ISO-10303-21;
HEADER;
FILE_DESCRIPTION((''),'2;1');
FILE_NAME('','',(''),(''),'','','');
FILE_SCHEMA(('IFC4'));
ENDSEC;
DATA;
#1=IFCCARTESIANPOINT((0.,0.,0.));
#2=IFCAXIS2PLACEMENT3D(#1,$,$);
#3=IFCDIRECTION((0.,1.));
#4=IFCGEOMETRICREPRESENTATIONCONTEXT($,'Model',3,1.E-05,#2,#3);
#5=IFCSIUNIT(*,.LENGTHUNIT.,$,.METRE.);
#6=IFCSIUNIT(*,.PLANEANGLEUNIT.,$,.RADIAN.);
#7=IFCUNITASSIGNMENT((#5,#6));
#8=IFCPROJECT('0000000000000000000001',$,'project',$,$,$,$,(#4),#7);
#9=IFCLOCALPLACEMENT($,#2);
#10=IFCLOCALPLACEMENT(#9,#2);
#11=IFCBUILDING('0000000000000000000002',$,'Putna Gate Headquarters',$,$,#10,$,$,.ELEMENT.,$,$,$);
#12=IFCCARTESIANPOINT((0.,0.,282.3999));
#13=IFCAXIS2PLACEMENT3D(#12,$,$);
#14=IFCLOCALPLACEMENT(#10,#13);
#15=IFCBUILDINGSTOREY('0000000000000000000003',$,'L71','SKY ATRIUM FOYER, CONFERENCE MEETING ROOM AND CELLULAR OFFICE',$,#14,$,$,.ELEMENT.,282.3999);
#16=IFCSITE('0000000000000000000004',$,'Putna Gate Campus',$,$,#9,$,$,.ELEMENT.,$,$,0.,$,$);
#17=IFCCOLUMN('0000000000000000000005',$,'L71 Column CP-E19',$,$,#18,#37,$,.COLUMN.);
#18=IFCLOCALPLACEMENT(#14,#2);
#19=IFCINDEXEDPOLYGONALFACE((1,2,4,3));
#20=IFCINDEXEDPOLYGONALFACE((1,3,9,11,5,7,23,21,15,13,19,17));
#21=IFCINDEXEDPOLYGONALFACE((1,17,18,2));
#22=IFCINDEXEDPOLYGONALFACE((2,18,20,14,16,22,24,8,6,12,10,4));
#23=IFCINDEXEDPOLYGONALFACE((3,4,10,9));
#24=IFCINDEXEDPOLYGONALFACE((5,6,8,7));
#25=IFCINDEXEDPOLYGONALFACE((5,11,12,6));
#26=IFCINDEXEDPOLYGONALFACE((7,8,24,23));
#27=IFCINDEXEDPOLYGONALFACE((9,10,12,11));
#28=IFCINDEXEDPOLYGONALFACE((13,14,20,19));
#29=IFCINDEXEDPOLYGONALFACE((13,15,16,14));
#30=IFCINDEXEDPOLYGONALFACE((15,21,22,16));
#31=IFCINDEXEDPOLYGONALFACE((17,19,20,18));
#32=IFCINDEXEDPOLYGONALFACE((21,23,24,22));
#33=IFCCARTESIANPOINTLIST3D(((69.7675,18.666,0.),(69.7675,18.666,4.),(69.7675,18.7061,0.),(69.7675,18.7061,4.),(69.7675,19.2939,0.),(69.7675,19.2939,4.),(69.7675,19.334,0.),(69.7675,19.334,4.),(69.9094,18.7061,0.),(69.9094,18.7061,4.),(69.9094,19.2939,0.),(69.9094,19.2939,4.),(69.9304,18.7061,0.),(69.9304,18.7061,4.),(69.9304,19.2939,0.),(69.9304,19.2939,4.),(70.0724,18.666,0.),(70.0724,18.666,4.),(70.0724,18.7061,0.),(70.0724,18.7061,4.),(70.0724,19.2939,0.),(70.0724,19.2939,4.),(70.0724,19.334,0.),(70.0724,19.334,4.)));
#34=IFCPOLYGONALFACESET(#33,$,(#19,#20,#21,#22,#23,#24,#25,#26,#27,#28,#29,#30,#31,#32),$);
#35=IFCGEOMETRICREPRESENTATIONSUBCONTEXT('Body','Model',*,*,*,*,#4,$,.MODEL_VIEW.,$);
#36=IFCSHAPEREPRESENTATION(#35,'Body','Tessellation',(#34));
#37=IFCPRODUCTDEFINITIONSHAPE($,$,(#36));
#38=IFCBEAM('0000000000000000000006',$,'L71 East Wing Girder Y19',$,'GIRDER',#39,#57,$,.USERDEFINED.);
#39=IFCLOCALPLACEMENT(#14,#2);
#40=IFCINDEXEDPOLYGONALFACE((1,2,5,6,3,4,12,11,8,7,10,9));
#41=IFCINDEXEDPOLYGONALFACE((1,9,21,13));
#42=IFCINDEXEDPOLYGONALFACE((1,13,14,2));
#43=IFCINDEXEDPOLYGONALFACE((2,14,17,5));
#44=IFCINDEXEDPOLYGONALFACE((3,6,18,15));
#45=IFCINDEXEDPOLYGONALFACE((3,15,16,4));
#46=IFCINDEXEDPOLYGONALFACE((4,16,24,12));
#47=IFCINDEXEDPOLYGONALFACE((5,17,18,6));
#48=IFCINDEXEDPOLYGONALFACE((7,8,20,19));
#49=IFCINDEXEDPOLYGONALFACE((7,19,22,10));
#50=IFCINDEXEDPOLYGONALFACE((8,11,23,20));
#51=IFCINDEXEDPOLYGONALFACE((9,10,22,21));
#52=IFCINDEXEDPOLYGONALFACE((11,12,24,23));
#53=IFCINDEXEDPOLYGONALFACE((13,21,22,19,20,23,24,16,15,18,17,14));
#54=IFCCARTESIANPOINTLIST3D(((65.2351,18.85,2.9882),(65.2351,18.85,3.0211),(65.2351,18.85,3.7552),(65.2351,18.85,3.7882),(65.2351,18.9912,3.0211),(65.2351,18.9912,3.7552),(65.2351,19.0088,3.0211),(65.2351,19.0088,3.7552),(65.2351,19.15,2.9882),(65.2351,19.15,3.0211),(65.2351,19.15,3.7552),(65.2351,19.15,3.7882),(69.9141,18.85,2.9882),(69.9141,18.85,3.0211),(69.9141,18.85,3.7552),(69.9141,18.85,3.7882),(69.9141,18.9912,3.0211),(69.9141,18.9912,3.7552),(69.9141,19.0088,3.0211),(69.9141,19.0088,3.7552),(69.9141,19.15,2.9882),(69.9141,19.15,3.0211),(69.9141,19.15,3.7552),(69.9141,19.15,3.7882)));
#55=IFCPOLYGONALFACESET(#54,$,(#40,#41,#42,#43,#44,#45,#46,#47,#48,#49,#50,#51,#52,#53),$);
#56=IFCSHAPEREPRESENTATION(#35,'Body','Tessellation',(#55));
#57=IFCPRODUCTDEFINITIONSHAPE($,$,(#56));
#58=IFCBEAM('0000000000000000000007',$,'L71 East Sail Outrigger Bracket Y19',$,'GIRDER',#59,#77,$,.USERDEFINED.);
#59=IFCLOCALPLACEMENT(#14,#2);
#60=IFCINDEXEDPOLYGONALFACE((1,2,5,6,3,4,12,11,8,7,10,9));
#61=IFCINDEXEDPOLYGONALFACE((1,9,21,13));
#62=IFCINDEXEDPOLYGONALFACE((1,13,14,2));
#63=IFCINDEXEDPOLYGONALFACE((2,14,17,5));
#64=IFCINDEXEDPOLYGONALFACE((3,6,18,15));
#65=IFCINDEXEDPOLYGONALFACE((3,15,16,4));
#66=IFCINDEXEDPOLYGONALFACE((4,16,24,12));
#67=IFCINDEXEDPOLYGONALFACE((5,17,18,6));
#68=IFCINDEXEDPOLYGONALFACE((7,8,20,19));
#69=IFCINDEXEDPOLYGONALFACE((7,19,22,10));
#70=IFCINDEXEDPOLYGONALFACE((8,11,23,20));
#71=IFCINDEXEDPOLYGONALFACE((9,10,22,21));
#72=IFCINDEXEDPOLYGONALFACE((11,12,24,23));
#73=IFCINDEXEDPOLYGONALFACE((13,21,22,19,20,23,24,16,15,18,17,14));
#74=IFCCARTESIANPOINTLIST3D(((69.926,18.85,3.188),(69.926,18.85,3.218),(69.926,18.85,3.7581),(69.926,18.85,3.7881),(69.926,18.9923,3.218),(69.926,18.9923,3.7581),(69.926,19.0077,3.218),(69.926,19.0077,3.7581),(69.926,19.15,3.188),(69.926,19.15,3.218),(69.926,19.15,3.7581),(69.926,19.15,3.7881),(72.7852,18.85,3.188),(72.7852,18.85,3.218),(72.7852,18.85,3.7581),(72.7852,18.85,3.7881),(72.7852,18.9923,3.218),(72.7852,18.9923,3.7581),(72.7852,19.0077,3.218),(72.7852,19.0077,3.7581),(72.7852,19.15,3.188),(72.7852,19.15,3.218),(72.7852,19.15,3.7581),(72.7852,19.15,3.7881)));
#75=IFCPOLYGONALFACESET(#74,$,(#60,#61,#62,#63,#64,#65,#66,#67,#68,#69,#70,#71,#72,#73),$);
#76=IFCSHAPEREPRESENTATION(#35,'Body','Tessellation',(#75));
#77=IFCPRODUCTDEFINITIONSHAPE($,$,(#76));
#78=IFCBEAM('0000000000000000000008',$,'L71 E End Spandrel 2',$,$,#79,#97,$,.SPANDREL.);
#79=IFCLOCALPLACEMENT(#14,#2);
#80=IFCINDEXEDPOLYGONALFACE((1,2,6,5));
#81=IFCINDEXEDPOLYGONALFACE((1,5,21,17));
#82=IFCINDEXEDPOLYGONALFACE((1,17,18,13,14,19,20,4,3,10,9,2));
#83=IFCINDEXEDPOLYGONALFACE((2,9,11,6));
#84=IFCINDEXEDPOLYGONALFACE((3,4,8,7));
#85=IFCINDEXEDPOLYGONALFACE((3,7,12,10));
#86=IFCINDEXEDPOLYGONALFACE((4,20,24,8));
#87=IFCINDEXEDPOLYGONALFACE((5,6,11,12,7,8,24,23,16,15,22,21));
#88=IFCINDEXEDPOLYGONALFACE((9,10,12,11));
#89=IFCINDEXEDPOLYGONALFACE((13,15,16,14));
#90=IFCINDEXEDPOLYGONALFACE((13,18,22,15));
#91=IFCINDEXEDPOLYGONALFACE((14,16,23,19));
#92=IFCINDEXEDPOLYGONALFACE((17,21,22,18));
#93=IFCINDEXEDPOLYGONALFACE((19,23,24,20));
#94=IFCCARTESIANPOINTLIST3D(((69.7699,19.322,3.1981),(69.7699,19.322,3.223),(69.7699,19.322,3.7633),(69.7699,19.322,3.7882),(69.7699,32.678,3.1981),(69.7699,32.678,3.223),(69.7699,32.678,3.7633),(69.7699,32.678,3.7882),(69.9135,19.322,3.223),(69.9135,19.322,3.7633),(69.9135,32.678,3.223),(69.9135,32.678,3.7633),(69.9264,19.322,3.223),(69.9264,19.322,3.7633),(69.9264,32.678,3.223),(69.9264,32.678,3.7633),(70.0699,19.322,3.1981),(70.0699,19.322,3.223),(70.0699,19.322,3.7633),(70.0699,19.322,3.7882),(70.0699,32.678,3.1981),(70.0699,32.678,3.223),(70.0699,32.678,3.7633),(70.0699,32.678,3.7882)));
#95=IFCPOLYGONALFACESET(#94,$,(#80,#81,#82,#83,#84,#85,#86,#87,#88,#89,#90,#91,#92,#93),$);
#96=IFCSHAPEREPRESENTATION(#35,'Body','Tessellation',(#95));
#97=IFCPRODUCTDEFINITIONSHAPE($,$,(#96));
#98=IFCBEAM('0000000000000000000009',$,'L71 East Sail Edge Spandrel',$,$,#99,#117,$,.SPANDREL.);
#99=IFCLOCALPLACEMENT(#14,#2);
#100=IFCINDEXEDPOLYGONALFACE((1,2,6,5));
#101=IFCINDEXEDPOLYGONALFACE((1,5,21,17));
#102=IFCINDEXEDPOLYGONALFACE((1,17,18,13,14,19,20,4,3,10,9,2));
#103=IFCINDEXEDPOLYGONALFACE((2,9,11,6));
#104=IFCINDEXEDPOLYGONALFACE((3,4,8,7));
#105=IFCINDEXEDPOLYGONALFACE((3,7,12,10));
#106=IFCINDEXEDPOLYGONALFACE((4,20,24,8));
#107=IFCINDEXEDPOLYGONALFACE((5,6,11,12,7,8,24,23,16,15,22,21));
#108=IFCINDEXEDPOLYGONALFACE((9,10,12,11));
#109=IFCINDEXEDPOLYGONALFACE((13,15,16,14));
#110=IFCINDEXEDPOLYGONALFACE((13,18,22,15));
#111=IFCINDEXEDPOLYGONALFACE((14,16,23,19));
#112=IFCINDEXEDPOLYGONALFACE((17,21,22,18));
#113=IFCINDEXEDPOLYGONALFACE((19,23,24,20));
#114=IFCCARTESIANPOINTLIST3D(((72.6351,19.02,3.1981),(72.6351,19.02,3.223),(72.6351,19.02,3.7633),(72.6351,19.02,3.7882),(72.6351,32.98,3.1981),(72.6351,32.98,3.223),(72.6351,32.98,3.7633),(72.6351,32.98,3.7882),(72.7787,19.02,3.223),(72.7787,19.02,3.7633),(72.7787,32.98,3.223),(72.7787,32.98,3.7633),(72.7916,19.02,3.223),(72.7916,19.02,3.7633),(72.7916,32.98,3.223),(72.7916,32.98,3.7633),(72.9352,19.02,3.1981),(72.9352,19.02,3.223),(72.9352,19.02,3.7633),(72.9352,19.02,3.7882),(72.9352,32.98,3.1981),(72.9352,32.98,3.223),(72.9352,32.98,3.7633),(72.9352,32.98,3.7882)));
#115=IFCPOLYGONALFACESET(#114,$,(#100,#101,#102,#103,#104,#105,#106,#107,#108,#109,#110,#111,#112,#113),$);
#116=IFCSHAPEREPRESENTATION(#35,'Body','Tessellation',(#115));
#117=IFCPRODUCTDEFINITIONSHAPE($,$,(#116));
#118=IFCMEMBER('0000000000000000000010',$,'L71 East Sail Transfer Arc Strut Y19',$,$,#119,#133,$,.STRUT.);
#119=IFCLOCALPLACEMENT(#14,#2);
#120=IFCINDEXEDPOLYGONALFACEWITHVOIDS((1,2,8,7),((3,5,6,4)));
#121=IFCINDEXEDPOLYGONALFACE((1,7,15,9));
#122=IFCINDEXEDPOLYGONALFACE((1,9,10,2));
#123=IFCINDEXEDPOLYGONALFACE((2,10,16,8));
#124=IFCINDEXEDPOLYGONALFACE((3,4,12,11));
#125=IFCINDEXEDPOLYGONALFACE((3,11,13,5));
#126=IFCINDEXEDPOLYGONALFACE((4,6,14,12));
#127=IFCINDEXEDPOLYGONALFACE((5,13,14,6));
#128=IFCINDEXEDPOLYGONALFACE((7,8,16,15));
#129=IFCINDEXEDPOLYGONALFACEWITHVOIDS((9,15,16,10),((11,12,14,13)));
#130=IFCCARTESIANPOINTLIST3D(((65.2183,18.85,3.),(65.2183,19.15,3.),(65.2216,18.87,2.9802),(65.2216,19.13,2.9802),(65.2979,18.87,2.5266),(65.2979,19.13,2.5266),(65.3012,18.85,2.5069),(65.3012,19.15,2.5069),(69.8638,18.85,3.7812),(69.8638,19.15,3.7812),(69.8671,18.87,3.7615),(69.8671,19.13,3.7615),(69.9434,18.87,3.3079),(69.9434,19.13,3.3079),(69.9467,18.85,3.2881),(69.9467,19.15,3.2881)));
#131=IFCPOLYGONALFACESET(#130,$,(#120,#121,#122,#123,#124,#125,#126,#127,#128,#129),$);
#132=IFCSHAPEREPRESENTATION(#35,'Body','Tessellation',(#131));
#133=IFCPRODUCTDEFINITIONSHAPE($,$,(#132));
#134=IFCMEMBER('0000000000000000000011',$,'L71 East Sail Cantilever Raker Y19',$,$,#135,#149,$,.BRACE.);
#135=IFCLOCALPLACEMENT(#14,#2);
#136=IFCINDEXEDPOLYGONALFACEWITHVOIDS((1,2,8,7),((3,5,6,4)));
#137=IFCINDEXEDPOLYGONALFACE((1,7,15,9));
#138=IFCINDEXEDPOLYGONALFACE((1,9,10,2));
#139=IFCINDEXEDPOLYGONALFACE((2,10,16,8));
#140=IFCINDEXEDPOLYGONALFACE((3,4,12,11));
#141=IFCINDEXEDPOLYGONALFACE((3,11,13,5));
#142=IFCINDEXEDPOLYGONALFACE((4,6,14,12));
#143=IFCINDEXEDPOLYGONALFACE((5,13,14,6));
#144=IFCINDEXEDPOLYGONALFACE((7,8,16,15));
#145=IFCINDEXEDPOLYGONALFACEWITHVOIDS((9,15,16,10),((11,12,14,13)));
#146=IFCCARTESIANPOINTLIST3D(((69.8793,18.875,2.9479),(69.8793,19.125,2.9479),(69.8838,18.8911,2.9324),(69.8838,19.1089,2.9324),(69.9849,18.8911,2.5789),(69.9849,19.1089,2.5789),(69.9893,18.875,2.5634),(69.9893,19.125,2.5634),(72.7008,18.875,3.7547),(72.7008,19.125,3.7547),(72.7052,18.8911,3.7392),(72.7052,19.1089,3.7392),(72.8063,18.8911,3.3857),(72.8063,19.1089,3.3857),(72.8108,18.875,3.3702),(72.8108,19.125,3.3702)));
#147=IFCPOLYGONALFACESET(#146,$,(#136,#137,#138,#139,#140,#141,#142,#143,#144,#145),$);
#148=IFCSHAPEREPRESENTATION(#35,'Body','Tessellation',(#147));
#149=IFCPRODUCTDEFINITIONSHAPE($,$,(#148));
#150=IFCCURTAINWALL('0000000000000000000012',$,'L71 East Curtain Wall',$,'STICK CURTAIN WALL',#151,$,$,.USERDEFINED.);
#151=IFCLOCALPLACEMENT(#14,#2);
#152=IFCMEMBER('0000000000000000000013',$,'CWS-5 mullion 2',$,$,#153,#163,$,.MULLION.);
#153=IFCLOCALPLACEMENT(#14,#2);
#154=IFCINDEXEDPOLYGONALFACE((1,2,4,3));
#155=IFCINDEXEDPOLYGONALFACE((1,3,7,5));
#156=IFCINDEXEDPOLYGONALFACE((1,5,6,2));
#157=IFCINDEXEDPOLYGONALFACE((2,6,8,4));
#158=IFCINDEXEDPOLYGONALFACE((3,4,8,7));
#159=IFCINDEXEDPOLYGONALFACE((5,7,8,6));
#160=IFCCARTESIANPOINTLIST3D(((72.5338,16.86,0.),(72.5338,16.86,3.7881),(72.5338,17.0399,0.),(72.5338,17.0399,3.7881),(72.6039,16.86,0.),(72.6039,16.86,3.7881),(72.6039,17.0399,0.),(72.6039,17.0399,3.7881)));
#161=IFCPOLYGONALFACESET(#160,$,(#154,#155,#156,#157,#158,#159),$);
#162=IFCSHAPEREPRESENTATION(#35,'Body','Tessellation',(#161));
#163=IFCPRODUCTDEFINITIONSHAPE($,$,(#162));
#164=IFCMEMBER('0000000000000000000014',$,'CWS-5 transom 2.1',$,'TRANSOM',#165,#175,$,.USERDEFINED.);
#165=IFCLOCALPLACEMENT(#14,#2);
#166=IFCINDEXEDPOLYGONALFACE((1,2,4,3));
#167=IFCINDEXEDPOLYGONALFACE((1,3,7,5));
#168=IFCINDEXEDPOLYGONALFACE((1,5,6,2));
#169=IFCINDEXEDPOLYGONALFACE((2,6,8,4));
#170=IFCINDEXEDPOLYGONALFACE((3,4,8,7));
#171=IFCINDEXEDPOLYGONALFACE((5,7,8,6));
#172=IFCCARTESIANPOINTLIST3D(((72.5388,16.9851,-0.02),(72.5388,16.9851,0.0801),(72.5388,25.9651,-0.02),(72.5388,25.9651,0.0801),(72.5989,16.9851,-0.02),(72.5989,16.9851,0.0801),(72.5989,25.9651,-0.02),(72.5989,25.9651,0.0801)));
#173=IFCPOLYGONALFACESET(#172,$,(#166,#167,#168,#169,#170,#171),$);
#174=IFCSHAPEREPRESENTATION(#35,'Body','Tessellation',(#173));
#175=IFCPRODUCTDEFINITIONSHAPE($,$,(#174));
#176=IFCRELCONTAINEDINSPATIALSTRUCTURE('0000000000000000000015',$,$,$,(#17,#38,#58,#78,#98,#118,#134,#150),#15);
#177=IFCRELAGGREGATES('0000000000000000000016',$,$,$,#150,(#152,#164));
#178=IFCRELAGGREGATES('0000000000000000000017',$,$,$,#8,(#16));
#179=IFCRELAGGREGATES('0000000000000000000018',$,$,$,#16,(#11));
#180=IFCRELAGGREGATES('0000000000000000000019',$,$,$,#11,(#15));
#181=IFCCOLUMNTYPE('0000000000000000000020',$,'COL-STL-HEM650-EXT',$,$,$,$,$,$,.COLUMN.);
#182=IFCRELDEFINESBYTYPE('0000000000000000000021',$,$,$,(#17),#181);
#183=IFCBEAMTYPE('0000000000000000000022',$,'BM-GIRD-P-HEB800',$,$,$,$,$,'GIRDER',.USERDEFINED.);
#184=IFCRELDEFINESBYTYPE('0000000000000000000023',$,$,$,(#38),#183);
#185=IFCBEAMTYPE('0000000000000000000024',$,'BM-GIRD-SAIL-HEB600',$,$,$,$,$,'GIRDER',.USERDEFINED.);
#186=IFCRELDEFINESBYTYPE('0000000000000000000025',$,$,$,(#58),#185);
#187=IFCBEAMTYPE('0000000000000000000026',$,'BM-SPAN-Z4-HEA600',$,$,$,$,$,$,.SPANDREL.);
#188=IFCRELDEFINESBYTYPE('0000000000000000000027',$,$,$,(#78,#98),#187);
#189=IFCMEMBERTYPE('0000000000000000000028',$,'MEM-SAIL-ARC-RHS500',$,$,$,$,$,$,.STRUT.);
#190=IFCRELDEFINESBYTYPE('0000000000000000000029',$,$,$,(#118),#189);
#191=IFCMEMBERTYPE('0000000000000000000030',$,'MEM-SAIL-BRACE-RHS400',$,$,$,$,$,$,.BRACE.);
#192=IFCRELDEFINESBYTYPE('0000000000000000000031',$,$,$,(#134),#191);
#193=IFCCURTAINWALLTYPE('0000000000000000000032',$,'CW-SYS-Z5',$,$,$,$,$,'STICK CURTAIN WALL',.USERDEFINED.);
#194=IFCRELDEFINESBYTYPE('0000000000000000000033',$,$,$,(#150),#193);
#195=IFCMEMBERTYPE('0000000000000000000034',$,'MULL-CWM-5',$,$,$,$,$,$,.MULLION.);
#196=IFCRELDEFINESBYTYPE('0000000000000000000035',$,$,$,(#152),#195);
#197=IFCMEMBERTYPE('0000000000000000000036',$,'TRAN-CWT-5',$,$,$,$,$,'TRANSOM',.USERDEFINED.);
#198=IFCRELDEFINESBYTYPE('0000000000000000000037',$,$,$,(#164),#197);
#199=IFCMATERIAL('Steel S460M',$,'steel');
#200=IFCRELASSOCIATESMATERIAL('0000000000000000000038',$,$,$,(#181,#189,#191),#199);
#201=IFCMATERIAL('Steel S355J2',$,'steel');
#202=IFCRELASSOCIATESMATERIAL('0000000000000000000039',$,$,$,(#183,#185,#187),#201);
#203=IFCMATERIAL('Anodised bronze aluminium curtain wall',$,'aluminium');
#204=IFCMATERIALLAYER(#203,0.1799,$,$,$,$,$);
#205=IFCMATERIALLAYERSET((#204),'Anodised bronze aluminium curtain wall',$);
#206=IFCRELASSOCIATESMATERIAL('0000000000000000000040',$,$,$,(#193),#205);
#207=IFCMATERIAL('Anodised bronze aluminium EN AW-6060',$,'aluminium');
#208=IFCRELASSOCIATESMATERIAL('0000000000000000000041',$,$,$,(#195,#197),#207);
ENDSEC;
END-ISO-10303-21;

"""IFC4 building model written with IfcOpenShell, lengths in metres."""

from ifc_helpers import new_model, si_unit, direction, frame, origin, origin_2d, place, context, subcontext, project, spatial, rectangle, hollow_rectangle, i_section, extrude, material, layer, layer_set, material_profile, profile_set, type_object, element, aggregate, save


model = new_model("IFC4")

# Units and contexts
model_context = context("Model", 3, precision=1e-05, world=origin(), true_north=direction((0.0, 1.0)))
body_context = subcontext(model_context, "Body", "Model", "MODEL_VIEW")
ifc_project = project(units=[si_unit("LENGTHUNIT", "METRE"), si_unit("PLANEANGLEUNIT", "RADIAN")], contexts=[model_context])

# Site, building, storey
site_placement = place(None, origin())
site = spatial("IfcSite", under=ifc_project, at=site_placement, Name="Putna Gate Campus", CompositionType="ELEMENT", RefElevation=0.0)
building_placement = place(site_placement, origin())
building = spatial("IfcBuilding", under=site, at=building_placement, Name="Putna Gate Headquarters", CompositionType="ELEMENT")
storey_placement = place(building_placement, frame((0.0, 0.0, 282.3999)))
storey = spatial("IfcBuildingStorey", under=building, at=storey_placement, Name="L71", Description="SKY ATRIUM FOYER, CONFERENCE MEETING ROOM AND CELLULAR OFFICE", CompositionType="ELEMENT", Elevation=282.3999)

# Column
ifc_material_1 = material(Name="Steel S460M", Category="steel")
ifc_material_profile_1 = material_profile(ifc_material_1, i_section(OverallWidth=0.3049, OverallDepth=0.668, WebThickness=0.021, FlangeThickness=0.04, at=origin_2d()), Name="Steel S460M")
ifc_profile_set_1 = profile_set([ifc_material_profile_1], Name="Steel S460M")
column_type = type_object("IfcColumnType", Name="COL-STL-HEM650-EXT", PredefinedType="COLUMN", material=ifc_profile_set_1)
column_placement = place(storey_placement, frame((69.9199, 19.0, 0.0), z_axis=(0.0, 0.0, 1.0), x_axis=(1.0, 0.0, 0.0)))
element("IfcColumn", 1, at=column_placement, inside=storey, type_object=column_type, Name="L71 Column CP-E19", PredefinedType="COLUMN", context=body_context, shape_type="SweptSolid", body=[
    extrude(i_section(OverallWidth=0.3049, OverallDepth=0.668, WebThickness=0.021, FlangeThickness=0.04, at=origin_2d()), origin(), (0.0, 0.0, 1.0), 4.0),
])

# Beams
ifc_material_2 = material(Name="Steel S355J2", Category="steel")
ifc_material_profile_2 = material_profile(ifc_material_2, i_section(OverallWidth=0.3, OverallDepth=0.8, WebThickness=0.0176, FlangeThickness=0.033, at=origin_2d()), Name="Steel S355J2")
ifc_profile_set_2 = profile_set([ifc_material_profile_2], Name="Steel S355J2")
beam_type_1 = type_object("IfcBeamType", Name="BM-GIRD-P-HEB800", ElementType="GIRDER", PredefinedType="USERDEFINED", material=ifc_profile_set_2)
beam_1_placement = place(storey_placement, frame((65.2351, 19.0, 3.3882), z_axis=(1.0, 0.0, 0.0), x_axis=(0.0, 1.0, 0.0)))
element("IfcBeam", 2, at=beam_1_placement, inside=storey, type_object=beam_type_1, Name="L71 East Wing Girder Y19", ObjectType="GIRDER", PredefinedType="USERDEFINED", context=body_context, shape_type="SweptSolid", body=[
    extrude(i_section(OverallWidth=0.3, OverallDepth=0.8, WebThickness=0.0176, FlangeThickness=0.033, at=origin_2d()), origin(), (0.0, 0.0, 1.0), 4.679),
])
ifc_material_profile_3 = material_profile(ifc_material_2, i_section(OverallWidth=0.3, OverallDepth=0.6001, WebThickness=0.0154, FlangeThickness=0.03, at=origin_2d()), Name="Steel S355J2")
ifc_profile_set_3 = profile_set([ifc_material_profile_3], Name="Steel S355J2")
beam_type_2 = type_object("IfcBeamType", Name="BM-GIRD-SAIL-HEB600", ElementType="GIRDER", PredefinedType="USERDEFINED", material=ifc_profile_set_3)
beam_2_placement = place(storey_placement, frame((69.926, 19.0, 3.488), z_axis=(1.0, 0.0, 0.0), x_axis=(0.0, 1.0, 0.0)))
element("IfcBeam", 3, at=beam_2_placement, inside=storey, type_object=beam_type_2, Name="L71 East Sail Outrigger Bracket Y19", ObjectType="GIRDER", PredefinedType="USERDEFINED", context=body_context, shape_type="SweptSolid", body=[
    extrude(i_section(OverallWidth=0.3, OverallDepth=0.6001, WebThickness=0.0154, FlangeThickness=0.03, at=origin_2d()), origin(), (0.0, 0.0, 1.0), 2.8591),
])
ifc_material_profile_4 = material_profile(ifc_material_2, i_section(OverallWidth=0.3, OverallDepth=0.5901, WebThickness=0.0129, FlangeThickness=0.0249, at=origin_2d()), Name="Steel S355J2")
ifc_profile_set_4 = profile_set([ifc_material_profile_4], Name="Steel S355J2")
beam_type_3 = type_object("IfcBeamType", Name="BM-SPAN-Z4-HEA600", PredefinedType="SPANDREL", material=ifc_profile_set_4)
beam_3_placement = place(storey_placement, frame((69.9199, 19.322, 3.4932), z_axis=(0.0, 1.0, 0.0), x_axis=(-1.0, 0.0, 0.0)))
element("IfcBeam", 4, at=beam_3_placement, inside=storey, type_object=beam_type_3, Name="L71 E End Spandrel 2", PredefinedType="SPANDREL", context=body_context, shape_type="SweptSolid", body=[
    extrude(i_section(OverallWidth=0.3, OverallDepth=0.5901, WebThickness=0.0129, FlangeThickness=0.0249, at=origin_2d()), origin(), (0.0, 0.0, 1.0), 13.356),
])
beam_4_placement = place(storey_placement, frame((72.7852, 19.02, 3.4932), z_axis=(0.0, 1.0, 0.0), x_axis=(-1.0, 0.0, 0.0)))
element("IfcBeam", 5, at=beam_4_placement, inside=storey, type_object=beam_type_3, Name="L71 East Sail Edge Spandrel", PredefinedType="SPANDREL", context=body_context, shape_type="SweptSolid", body=[
    extrude(i_section(OverallWidth=0.3, OverallDepth=0.5901, WebThickness=0.0129, FlangeThickness=0.0249, at=origin_2d()), origin(), (0.0, 0.0, 1.0), 13.96),
])

# Members
ifc_material_profile_5 = material_profile(ifc_material_1, hollow_rectangle(XDim=0.3, YDim=0.5, WallThickness=0.02, at=origin_2d()), Name="Steel S460M")
ifc_profile_set_5 = profile_set([ifc_material_profile_5], Name="Steel S460M")
member_type_1 = type_object("IfcMemberType", Name="MEM-SAIL-ARC-RHS500", PredefinedType="STRUT", material=ifc_profile_set_5)
member_1_placement = place(storey_placement, frame((65.2598, 19.0, 2.7534), z_axis=(0.986152, 0.0, 0.165844), x_axis=(0.0, 1.0, 0.0)))
element("IfcMember", 6, at=member_1_placement, inside=storey, type_object=member_type_1, Name="L71 East Sail Transfer Arc Strut Y19", PredefinedType="STRUT", context=body_context, shape_type="SweptSolid", body=[
    extrude(hollow_rectangle(XDim=0.3, YDim=0.5, WallThickness=0.02, at=origin_2d()), origin(), (0.0, 0.0, 1.0), 4.7107),
])
ifc_material_profile_6 = material_profile(ifc_material_1, hollow_rectangle(XDim=0.25, YDim=0.3999, WallThickness=0.0161, at=origin_2d()), Name="Steel S460M")
ifc_profile_set_6 = profile_set([ifc_material_profile_6], Name="Steel S460M")
member_type_2 = type_object("IfcMemberType", Name="MEM-SAIL-BRACE-RHS400", PredefinedType="BRACE", material=ifc_profile_set_6)
member_2_placement = place(storey_placement, frame((69.9343, 19.0, 2.7556), z_axis=(0.961458, 0.0, 0.274952), x_axis=(0.0, 1.0, 0.0)))
element("IfcMember", 7, at=member_2_placement, inside=storey, type_object=member_type_2, Name="L71 East Sail Cantilever Raker Y19", PredefinedType="BRACE", context=body_context, shape_type="SweptSolid", body=[
    extrude(hollow_rectangle(XDim=0.25, YDim=0.3999, WallThickness=0.0161, at=origin_2d()), origin(), (0.0, 0.0, 1.0), 2.9346),
])

# Curtain wall, members
ifc_material_3 = material(Name="Anodised bronze aluminium curtain wall", Category="aluminium")
ifc_layer_1 = layer(ifc_material_3, 0.1799)
ifc_layer_set_1 = layer_set([ifc_layer_1], Name="Anodised bronze aluminium curtain wall")
curtain_wall_type = type_object("IfcCurtainWallType", Name="CW-SYS-Z5", ElementType="STICK CURTAIN WALL", PredefinedType="USERDEFINED", material=ifc_layer_set_1)
curtain_wall_placement = place(storey_placement, origin())
curtain_wall = element("IfcCurtainWall", 8, at=curtain_wall_placement, inside=storey, type_object=curtain_wall_type, Name="L71 East Curtain Wall", ObjectType="STICK CURTAIN WALL", PredefinedType="USERDEFINED")
ifc_material_4 = material(Name="Anodised bronze aluminium EN AW-6060", Category="aluminium")
ifc_material_profile_7 = material_profile(ifc_material_4, rectangle(XDim=0.0701, YDim=0.1799, at=origin_2d()), Name="Anodised bronze aluminium EN AW-6060")
ifc_profile_set_7 = profile_set([ifc_material_profile_7], Name="Anodised bronze aluminium EN AW-6060")
member_type_3 = type_object("IfcMemberType", Name="MULL-CWM-5", PredefinedType="MULLION", material=ifc_profile_set_7)
member_3_placement = place(storey_placement, frame((72.5688, 16.95, 0.0), z_axis=(0.0, 0.0, 1.0), x_axis=(-1.0, 0.0, 0.0)))
member_3 = element("IfcMember", 9, at=member_3_placement, type_object=member_type_3, Name="CWS-5 mullion 2", PredefinedType="MULLION", context=body_context, shape_type="SweptSolid", body=[
    extrude(rectangle(XDim=0.0701, YDim=0.1799, at=origin_2d()), origin(), (0.0, 0.0, 1.0), 3.7881),
])
ifc_material_profile_8 = material_profile(ifc_material_4, rectangle(XDim=0.0601, YDim=0.1001, at=origin_2d()), Name="Anodised bronze aluminium EN AW-6060")
ifc_profile_set_8 = profile_set([ifc_material_profile_8], Name="Anodised bronze aluminium EN AW-6060")
member_type_4 = type_object("IfcMemberType", Name="TRAN-CWT-5", ElementType="TRANSOM", PredefinedType="USERDEFINED", material=ifc_profile_set_8)
member_4_placement = place(storey_placement, frame((72.5688, 16.9851, 0.03), z_axis=(0.0, 1.0, 0.0), x_axis=(-1.0, 0.0, 0.0)))
member_4 = element("IfcMember", 10, at=member_4_placement, type_object=member_type_4, Name="CWS-5 transom 2.1", ObjectType="TRANSOM", PredefinedType="USERDEFINED", context=body_context, shape_type="SweptSolid", body=[
    extrude(rectangle(XDim=0.0601, YDim=0.1001, at=origin_2d()), origin(), (0.0, 0.0, 1.0), 8.98),
])
aggregate(curtain_wall, [member_3, member_4])

save(model, "model.ifc")
